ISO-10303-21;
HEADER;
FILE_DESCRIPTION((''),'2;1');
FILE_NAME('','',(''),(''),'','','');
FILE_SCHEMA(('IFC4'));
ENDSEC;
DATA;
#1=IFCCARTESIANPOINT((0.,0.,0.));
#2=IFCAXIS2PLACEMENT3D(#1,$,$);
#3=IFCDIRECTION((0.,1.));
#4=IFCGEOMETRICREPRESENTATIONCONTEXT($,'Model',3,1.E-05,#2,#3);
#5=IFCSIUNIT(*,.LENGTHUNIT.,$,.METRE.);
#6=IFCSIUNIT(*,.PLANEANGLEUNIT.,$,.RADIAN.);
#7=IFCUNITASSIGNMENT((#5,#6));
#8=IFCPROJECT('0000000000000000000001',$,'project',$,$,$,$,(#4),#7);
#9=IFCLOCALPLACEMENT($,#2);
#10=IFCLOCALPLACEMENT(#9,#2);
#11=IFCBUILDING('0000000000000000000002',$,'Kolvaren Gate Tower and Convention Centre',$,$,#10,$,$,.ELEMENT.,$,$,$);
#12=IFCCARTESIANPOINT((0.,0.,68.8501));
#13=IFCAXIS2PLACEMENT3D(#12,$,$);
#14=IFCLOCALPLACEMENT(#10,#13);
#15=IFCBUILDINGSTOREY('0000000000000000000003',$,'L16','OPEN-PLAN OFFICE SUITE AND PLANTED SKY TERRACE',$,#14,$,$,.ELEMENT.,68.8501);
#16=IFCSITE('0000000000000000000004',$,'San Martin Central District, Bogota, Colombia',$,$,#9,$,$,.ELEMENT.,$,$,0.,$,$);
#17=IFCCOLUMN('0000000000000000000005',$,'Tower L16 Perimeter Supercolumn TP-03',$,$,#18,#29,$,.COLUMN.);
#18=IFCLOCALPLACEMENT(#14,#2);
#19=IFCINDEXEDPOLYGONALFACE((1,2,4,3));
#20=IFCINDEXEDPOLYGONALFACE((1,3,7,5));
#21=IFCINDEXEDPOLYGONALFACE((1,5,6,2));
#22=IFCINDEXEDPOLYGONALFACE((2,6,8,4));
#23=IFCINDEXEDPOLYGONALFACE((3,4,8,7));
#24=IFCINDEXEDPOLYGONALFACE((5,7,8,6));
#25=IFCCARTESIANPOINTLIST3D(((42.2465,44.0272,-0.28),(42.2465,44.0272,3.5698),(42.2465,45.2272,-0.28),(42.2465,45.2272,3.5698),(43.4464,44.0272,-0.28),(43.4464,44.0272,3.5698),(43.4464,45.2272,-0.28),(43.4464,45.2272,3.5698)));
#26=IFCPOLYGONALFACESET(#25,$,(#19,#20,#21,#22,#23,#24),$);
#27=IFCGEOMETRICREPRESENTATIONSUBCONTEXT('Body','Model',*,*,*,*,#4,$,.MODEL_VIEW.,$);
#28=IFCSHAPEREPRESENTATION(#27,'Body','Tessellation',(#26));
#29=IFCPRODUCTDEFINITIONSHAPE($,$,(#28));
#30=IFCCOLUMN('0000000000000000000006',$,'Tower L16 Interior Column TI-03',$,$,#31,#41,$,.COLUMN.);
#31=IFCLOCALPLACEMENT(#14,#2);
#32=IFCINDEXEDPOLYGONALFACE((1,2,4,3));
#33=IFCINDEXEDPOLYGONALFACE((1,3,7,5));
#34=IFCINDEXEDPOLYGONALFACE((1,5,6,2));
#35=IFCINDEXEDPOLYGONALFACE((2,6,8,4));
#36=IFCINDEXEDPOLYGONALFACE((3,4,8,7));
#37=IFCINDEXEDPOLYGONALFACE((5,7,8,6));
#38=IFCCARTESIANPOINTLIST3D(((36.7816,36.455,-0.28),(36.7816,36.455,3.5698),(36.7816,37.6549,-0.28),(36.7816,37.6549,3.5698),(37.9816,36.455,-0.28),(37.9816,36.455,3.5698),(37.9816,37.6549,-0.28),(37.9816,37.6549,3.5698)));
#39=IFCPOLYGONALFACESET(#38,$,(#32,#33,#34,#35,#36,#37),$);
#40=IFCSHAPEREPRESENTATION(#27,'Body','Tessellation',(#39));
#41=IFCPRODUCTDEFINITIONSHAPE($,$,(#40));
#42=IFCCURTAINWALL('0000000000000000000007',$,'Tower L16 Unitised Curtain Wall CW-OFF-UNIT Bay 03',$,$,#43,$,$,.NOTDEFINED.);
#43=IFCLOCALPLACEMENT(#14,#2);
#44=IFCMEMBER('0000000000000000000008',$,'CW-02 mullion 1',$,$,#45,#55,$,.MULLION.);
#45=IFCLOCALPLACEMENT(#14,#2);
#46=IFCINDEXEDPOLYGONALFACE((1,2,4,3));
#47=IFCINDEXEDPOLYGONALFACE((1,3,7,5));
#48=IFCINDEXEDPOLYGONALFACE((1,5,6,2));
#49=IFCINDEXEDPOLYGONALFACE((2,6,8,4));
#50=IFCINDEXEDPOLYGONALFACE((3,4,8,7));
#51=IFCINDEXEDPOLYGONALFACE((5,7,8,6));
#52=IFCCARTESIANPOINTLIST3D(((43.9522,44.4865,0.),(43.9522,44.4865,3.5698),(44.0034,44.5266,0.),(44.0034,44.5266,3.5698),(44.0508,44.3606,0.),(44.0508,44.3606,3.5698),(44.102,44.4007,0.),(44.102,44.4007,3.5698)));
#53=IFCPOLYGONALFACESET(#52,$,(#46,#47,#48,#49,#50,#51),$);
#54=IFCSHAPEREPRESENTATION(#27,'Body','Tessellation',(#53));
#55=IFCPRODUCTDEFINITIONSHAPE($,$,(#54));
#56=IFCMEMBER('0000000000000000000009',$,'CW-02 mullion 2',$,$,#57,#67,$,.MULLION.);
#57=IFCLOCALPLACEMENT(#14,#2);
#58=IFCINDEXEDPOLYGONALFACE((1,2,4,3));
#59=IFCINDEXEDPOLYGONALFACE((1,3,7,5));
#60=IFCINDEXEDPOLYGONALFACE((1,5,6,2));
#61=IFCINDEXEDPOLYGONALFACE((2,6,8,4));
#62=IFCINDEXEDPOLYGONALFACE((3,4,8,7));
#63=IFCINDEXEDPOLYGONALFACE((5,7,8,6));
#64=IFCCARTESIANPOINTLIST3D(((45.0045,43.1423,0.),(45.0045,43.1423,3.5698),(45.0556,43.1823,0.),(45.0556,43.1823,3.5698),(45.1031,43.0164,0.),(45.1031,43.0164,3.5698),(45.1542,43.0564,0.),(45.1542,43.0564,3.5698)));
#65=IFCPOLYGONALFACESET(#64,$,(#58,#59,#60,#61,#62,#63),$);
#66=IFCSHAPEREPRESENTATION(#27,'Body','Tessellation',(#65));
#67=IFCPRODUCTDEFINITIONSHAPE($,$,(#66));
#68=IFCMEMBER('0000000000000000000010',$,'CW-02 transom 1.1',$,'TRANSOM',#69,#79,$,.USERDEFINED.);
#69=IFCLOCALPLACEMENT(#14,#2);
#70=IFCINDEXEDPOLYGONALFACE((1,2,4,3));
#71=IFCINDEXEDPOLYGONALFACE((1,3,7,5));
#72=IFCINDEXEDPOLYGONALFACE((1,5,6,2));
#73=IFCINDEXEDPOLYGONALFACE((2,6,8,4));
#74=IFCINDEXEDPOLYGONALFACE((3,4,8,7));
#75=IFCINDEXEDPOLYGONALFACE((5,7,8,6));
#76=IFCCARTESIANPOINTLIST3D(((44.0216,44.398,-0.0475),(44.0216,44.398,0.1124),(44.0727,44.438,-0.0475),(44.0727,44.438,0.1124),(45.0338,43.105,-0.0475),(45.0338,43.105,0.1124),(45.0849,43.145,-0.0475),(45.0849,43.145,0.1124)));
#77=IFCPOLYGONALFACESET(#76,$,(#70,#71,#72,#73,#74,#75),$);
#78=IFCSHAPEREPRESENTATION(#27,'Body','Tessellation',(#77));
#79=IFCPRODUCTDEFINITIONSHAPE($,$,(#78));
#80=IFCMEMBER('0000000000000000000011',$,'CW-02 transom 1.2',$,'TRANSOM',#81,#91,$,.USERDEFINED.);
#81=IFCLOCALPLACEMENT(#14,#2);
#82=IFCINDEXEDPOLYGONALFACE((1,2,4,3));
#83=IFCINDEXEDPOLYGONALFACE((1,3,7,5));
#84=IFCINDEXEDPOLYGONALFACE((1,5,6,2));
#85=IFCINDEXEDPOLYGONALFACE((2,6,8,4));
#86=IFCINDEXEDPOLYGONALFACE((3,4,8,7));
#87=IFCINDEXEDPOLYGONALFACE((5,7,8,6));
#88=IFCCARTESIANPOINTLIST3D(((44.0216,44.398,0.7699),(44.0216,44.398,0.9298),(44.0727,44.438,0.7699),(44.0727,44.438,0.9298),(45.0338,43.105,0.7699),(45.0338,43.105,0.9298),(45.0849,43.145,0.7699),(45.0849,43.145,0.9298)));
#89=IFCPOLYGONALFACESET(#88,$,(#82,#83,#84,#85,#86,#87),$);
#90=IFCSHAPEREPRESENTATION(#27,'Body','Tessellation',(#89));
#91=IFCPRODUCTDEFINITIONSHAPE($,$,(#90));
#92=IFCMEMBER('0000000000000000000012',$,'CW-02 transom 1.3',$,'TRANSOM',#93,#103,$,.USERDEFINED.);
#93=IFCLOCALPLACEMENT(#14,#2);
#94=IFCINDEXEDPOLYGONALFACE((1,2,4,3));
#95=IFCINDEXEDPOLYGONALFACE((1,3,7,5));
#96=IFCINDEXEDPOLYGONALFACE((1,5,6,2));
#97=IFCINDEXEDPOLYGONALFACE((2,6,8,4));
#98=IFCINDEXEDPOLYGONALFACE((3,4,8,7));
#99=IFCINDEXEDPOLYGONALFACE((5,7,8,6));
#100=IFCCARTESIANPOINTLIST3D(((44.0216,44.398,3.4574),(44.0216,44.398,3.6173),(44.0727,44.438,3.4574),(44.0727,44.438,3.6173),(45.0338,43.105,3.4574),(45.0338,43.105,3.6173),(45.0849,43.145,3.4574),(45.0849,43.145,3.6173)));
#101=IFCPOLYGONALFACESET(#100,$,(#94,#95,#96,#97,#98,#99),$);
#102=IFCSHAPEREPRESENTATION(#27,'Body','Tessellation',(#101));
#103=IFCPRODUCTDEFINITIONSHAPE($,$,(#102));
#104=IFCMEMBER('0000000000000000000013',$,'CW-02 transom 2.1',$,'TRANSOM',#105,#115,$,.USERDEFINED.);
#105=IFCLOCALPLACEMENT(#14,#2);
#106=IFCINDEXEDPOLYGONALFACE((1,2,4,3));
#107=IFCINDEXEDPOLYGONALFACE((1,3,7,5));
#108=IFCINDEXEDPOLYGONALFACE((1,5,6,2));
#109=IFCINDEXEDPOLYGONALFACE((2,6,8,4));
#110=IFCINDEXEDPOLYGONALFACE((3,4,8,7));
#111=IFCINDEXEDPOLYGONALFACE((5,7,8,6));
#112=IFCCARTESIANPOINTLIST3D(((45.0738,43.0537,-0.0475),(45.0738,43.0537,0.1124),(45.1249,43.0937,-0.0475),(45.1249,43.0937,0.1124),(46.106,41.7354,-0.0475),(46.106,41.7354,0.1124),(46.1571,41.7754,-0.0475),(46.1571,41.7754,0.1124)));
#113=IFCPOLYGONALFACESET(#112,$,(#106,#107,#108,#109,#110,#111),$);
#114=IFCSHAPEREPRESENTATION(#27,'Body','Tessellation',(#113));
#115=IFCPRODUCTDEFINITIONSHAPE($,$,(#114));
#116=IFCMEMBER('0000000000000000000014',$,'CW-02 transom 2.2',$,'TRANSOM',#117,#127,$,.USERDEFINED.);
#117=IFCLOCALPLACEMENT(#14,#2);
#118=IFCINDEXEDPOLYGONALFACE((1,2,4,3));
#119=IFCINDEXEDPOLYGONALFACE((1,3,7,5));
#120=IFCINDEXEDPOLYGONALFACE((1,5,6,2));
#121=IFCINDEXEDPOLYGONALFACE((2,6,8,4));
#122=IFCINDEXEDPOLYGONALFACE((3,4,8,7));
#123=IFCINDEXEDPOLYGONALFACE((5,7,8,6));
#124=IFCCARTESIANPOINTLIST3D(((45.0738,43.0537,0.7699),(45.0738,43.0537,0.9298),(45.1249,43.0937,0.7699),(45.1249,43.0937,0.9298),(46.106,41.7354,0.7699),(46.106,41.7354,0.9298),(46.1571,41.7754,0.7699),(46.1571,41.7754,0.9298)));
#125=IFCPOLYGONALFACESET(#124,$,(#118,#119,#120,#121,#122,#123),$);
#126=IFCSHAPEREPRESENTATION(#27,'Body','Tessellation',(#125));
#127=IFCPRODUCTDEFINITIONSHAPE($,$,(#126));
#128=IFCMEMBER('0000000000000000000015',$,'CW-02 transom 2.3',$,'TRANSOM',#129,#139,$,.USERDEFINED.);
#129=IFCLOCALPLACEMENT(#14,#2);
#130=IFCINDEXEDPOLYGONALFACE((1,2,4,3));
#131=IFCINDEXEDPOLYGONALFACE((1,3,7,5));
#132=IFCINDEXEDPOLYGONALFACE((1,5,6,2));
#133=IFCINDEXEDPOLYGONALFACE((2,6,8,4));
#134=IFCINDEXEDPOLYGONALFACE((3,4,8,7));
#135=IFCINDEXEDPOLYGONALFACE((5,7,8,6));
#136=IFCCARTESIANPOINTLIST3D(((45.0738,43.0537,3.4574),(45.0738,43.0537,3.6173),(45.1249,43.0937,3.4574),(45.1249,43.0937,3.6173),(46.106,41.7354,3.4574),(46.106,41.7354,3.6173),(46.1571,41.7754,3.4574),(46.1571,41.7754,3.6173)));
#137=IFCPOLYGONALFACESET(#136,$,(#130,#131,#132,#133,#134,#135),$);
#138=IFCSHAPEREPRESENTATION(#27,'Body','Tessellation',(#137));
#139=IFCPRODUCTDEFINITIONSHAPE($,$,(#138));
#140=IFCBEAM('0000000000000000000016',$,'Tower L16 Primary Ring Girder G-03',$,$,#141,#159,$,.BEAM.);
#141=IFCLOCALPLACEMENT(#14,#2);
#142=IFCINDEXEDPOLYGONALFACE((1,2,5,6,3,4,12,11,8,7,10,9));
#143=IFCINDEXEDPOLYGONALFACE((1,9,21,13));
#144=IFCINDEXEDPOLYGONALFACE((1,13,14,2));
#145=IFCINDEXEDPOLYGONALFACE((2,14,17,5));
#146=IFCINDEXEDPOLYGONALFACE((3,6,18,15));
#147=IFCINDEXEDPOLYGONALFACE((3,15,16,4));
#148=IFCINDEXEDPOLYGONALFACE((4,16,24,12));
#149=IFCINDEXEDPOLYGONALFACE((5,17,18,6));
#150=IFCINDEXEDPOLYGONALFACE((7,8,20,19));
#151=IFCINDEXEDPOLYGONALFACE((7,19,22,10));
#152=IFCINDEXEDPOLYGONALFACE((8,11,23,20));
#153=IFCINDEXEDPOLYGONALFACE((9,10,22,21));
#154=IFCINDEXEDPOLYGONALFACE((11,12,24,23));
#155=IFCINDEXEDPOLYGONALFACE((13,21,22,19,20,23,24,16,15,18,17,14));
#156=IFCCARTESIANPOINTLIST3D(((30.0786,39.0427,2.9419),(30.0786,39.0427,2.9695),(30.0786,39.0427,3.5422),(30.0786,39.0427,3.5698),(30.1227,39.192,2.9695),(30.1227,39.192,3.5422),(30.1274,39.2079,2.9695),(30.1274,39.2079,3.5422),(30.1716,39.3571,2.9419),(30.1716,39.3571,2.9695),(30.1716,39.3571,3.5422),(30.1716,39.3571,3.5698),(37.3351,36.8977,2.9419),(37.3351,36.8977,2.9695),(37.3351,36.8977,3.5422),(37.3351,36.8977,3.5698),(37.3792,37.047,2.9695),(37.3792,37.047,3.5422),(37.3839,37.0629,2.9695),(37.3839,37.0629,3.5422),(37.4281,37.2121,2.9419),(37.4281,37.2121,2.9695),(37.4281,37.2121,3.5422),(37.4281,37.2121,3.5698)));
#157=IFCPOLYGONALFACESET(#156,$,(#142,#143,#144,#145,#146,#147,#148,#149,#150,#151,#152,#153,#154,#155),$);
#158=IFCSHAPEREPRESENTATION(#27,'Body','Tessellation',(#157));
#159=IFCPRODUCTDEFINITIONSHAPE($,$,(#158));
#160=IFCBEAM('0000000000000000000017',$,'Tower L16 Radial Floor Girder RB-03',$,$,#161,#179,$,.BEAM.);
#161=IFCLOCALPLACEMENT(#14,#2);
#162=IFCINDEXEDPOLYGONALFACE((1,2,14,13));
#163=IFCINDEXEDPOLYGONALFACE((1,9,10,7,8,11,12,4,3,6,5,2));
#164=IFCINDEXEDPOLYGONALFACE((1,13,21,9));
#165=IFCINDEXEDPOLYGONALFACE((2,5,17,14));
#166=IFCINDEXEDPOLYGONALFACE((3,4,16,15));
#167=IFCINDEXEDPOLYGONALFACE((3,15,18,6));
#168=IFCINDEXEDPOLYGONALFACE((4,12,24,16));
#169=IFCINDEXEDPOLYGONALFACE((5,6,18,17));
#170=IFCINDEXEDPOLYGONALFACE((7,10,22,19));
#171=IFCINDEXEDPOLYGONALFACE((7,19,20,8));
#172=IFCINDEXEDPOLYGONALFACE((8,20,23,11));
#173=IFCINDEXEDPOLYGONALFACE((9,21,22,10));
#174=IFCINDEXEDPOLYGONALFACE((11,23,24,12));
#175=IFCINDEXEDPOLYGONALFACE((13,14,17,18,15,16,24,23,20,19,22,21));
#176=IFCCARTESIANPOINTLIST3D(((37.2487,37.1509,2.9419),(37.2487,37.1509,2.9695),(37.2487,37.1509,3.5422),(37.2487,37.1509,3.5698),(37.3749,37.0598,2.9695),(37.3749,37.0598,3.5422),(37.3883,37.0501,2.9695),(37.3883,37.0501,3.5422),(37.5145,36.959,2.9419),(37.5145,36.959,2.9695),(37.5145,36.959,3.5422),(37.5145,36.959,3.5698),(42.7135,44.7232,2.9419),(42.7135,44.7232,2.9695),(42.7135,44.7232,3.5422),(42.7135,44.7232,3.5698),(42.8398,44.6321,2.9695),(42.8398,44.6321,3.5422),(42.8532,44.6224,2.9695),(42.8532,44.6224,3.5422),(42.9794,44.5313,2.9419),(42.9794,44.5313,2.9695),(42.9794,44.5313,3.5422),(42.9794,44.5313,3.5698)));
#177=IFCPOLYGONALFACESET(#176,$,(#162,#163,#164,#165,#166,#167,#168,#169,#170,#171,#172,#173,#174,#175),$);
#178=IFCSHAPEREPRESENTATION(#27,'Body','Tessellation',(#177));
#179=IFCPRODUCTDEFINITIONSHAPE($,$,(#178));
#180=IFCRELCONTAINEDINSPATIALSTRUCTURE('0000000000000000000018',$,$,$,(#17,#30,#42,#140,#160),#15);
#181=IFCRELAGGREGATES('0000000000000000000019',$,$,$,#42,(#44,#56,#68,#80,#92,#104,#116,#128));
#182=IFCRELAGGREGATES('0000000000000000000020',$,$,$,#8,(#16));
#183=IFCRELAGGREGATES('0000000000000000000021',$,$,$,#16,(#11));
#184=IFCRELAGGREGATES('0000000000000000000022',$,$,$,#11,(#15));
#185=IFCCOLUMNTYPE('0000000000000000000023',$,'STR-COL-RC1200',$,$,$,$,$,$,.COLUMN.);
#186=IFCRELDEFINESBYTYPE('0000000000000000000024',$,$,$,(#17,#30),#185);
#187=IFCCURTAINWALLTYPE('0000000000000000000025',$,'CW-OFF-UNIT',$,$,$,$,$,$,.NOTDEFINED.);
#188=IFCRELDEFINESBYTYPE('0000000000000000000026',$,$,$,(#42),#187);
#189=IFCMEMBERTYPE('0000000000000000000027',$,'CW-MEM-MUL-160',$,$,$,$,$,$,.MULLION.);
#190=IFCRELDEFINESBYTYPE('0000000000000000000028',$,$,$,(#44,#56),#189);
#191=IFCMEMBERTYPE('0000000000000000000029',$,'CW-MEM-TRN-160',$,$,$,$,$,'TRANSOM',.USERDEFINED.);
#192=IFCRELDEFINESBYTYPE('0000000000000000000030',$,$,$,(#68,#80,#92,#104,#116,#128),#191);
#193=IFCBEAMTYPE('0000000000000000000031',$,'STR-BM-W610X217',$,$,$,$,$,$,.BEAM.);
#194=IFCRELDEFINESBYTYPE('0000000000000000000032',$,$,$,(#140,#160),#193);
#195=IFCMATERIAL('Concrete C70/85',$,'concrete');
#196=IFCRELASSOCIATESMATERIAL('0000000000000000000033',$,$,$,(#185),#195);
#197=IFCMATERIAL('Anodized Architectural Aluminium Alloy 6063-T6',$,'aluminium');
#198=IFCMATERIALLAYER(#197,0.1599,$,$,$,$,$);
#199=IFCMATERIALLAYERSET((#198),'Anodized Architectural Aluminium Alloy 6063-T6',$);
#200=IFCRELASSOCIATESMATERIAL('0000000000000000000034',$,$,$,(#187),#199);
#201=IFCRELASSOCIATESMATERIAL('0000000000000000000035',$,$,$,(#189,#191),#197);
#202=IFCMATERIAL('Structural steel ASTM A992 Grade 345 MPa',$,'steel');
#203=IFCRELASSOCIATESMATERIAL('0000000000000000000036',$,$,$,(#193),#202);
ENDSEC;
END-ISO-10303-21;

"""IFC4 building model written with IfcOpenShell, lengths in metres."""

from ifc_helpers import new_model, si_unit, direction, frame, origin, origin_2d, place, context, subcontext, project, spatial, rectangle, i_section, extrude, material, layer, layer_set, material_profile, profile_set, type_object, element, aggregate, save


model = new_model("IFC4")

# Units and contexts
model_context = context("Model", 3, precision=1e-05, world=origin(), true_north=direction((0.0, 1.0)))
body_context = subcontext(model_context, "Body", "Model", "MODEL_VIEW")
ifc_project = project(units=[si_unit("LENGTHUNIT", "METRE"), si_unit("PLANEANGLEUNIT", "RADIAN")], contexts=[model_context])

# Site, building, storey
site_placement = place(None, origin())
site = spatial("IfcSite", under=ifc_project, at=site_placement, Name="San Martin Central District, Bogota, Colombia", CompositionType="ELEMENT", RefElevation=0.0)
building_placement = place(site_placement, origin())
building = spatial("IfcBuilding", under=site, at=building_placement, Name="Kolvaren Gate Tower and Convention Centre", CompositionType="ELEMENT")
storey_placement = place(building_placement, frame((0.0, 0.0, 68.8501)))
storey = spatial("IfcBuildingStorey", under=building, at=storey_placement, Name="L16", Description="OPEN-PLAN OFFICE SUITE AND PLANTED SKY TERRACE", CompositionType="ELEMENT", Elevation=68.8501)

# Columns
ifc_material_1 = material(Name="Concrete C70/85", Category="concrete")
ifc_material_profile_1 = material_profile(ifc_material_1, rectangle(XDim=1.2, YDim=1.2, at=origin_2d()), Name="RC-COL-1200X1200")
ifc_profile_set_1 = profile_set([ifc_material_profile_1], Name="Concrete C70/85")
column_type = type_object("IfcColumnType", Name="STR-COL-RC1200", PredefinedType="COLUMN", material=ifc_profile_set_1)
for number, where, z_axis, x_axis, name in (
    (1, (42.8464, 44.6272, -0.28), (0.0, 0.0, 1.0), (1.0, 0.0, 0.0), "Tower L16 Perimeter Supercolumn TP-03"),
    (2, (37.3816, 37.0549, -0.28), (0.0, 0.0, 1.0), (1.0, 0.0, 0.0), "Tower L16 Interior Column TI-03"),
):
    element("IfcColumn", number, at=place(storey_placement, frame(where, z_axis=z_axis, x_axis=x_axis)), inside=storey, type_object=column_type, Name=name, PredefinedType="COLUMN", context=body_context, shape_type="SweptSolid", body=[
        extrude(rectangle(XDim=1.2, YDim=1.2, at=origin_2d()), origin(), (0.0, 0.0, 1.0), 3.8499),
    ])

# Curtain wall, members
ifc_material_2 = material(Name="Anodized Architectural Aluminium Alloy 6063-T6", Category="aluminium")
ifc_layer_1 = layer(ifc_material_2, 0.1599)
ifc_layer_set_1 = layer_set([ifc_layer_1], Name="Anodized Architectural Aluminium Alloy 6063-T6")
curtain_wall_type = type_object("IfcCurtainWallType", Name="CW-OFF-UNIT", PredefinedType="NOTDEFINED", material=ifc_layer_set_1)
curtain_wall_placement = place(storey_placement, origin())
curtain_wall = element("IfcCurtainWall", 3, at=curtain_wall_placement, inside=storey, type_object=curtain_wall_type, Name="Tower L16 Unitised Curtain Wall CW-OFF-UNIT Bay 03", PredefinedType="NOTDEFINED")
ifc_material_profile_2 = material_profile(ifc_material_2, rectangle(XDim=0.0649, YDim=0.1599, at=origin_2d()), Name="CW-MEM-MUL-160")
ifc_profile_set_2 = profile_set([ifc_material_profile_2], Name="Anodized Architectural Aluminium Alloy 6063-T6")
member_type_1 = type_object("IfcMemberType", Name="CW-MEM-MUL-160", PredefinedType="MULLION", material=ifc_profile_set_2)
member_1_placement = place(storey_placement, frame((44.0271, 44.4436, 0.0), z_axis=(0.0, 0.0, 1.0), x_axis=(0.787406, 0.616434, 0.0)))
member_1 = element("IfcMember", 4, at=member_1_placement, type_object=member_type_1, Name="CW-02 mullion 1", PredefinedType="MULLION", context=body_context, shape_type="SweptSolid", body=[
    extrude(rectangle(XDim=0.0649, YDim=0.1599, at=origin_2d()), origin(), (0.0, 0.0, 1.0), 3.5698),
])
member_2_placement = place(storey_placement, frame((45.0793, 43.0994, 0.0), z_axis=(0.0, 0.0, 1.0), x_axis=(0.787406, 0.616434, 0.0)))
member_2 = element("IfcMember", 5, at=member_2_placement, type_object=member_type_1, Name="CW-02 mullion 2", PredefinedType="MULLION", context=body_context, shape_type="SweptSolid", body=[
    extrude(rectangle(XDim=0.0649, YDim=0.1599, at=origin_2d()), origin(), (0.0, 0.0, 1.0), 3.5698),
])
ifc_material_profile_3 = material_profile(ifc_material_2, rectangle(XDim=0.0649, YDim=0.1599, at=origin_2d()), Name="CW-MEM-TRN-160")
ifc_profile_set_3 = profile_set([ifc_material_profile_3], Name="Anodized Architectural Aluminium Alloy 6063-T6")
member_type_2 = type_object("IfcMemberType", Name="CW-MEM-TRN-160", ElementType="TRANSOM", PredefinedType="USERDEFINED", material=ifc_profile_set_3)
member_3_placement = place(storey_placement, frame((44.0471, 44.418, 0.0325), z_axis=(0.616429, -0.787411, 0.0), x_axis=(0.787411, 0.616429, 0.0)))
member_3 = element("IfcMember", 6, at=member_3_placement, type_object=member_type_2, Name="CW-02 transom 1.1", ObjectType="TRANSOM", PredefinedType="USERDEFINED", context=body_context, shape_type="SweptSolid", body=[
    extrude(rectangle(XDim=0.0649, YDim=0.1599, at=origin_2d()), origin(), (0.0, 0.0, 1.0), 1.6421),
])
member_4_placement = place(storey_placement, frame((44.0471, 44.418, 0.8499), z_axis=(0.616429, -0.787411, 0.0), x_axis=(0.787411, 0.616429, 0.0)))
member_4 = element("IfcMember", 7, at=member_4_placement, type_object=member_type_2, Name="CW-02 transom 1.2", ObjectType="TRANSOM", PredefinedType="USERDEFINED", context=body_context, shape_type="SweptSolid", body=[
    extrude(rectangle(XDim=0.0649, YDim=0.1599, at=origin_2d()), origin(), (0.0, 0.0, 1.0), 1.6421),
])
member_5_placement = place(storey_placement, frame((44.0471, 44.418, 3.5374), z_axis=(0.616429, -0.787411, 0.0), x_axis=(0.787411, 0.616429, 0.0)))
member_5 = element("IfcMember", 8, at=member_5_placement, type_object=member_type_2, Name="CW-02 transom 1.3", ObjectType="TRANSOM", PredefinedType="USERDEFINED", context=body_context, shape_type="SweptSolid", body=[
    extrude(rectangle(XDim=0.0649, YDim=0.1599, at=origin_2d()), origin(), (0.0, 0.0, 1.0), 1.6421),
])
member_6_placement = place(storey_placement, frame((45.0994, 43.0737, 0.0325), z_axis=(0.616481, -0.78737, 0.0), x_axis=(0.78737, 0.616481, 0.0)))
member_6 = element("IfcMember", 9, at=member_6_placement, type_object=member_type_2, Name="CW-02 transom 2.1", ObjectType="TRANSOM", PredefinedType="USERDEFINED", context=body_context, shape_type="SweptSolid", body=[
    extrude(rectangle(XDim=0.0649, YDim=0.1599, at=origin_2d()), origin(), (0.0, 0.0, 1.0), 1.6743),
])
member_7_placement = place(storey_placement, frame((45.0994, 43.0737, 0.8499), z_axis=(0.616481, -0.78737, 0.0), x_axis=(0.78737, 0.616481, 0.0)))
member_7 = element("IfcMember", 10, at=member_7_placement, type_object=member_type_2, Name="CW-02 transom 2.2", ObjectType="TRANSOM", PredefinedType="USERDEFINED", context=body_context, shape_type="SweptSolid", body=[
    extrude(rectangle(XDim=0.0649, YDim=0.1599, at=origin_2d()), origin(), (0.0, 0.0, 1.0), 1.6743),
])
member_8_placement = place(storey_placement, frame((45.0994, 43.0737, 3.5374), z_axis=(0.616481, -0.78737, 0.0), x_axis=(0.78737, 0.616481, 0.0)))
member_8 = element("IfcMember", 11, at=member_8_placement, type_object=member_type_2, Name="CW-02 transom 2.3", ObjectType="TRANSOM", PredefinedType="USERDEFINED", context=body_context, shape_type="SweptSolid", body=[
    extrude(rectangle(XDim=0.0649, YDim=0.1599, at=origin_2d()), origin(), (0.0, 0.0, 1.0), 1.6743),
])

# Beams
ifc_material_3 = material(Name="Structural steel ASTM A992 Grade 345 MPa", Category="steel")
ifc_material_profile_4 = material_profile(ifc_material_3, i_section(OverallWidth=0.3279, OverallDepth=0.6279, WebThickness=0.0166, FlangeThickness=0.0276, at=origin_2d()), Name="W610X217")
ifc_profile_set_4 = profile_set([ifc_material_profile_4], Name="Structural steel ASTM A992 Grade 345 MPa")
beam_type_1 = type_object("IfcBeamType", Name="STR-BM-W610X217", PredefinedType="BEAM", material=ifc_profile_set_4)
beam_1_placement = place(storey_placement, frame((37.3816, 37.0549, 3.2559), z_axis=(-0.958981, 0.283471, 0.0), x_axis=(-0.283471, -0.958981, 0.0)))
element("IfcBeam", 12, at=beam_1_placement, inside=storey, type_object=beam_type_1, Name="Tower L16 Primary Ring Girder G-03", PredefinedType="BEAM", context=body_context, shape_type="SweptSolid", body=[
    extrude(i_section(OverallWidth=0.3279, OverallDepth=0.6279, WebThickness=0.0166, FlangeThickness=0.0276, at=origin_2d()), origin(), (0.0, 0.0, 1.0), 7.5669),
])
beam_2_placement = place(storey_placement, frame((37.3816, 37.0549, 3.2559), z_axis=(0.585208, 0.810883, 0.0), x_axis=(-0.810883, 0.585208, 0.0)))
element("IfcBeam", 13, at=beam_2_placement, inside=storey, type_object=beam_type_1, Name="Tower L16 Radial Floor Girder RB-03", PredefinedType="BEAM", context=body_context, shape_type="SweptSolid", body=[
    extrude(i_section(OverallWidth=0.3279, OverallDepth=0.6279, WebThickness=0.0166, FlangeThickness=0.0276, at=origin_2d()), origin(), (0.0, 0.0, 1.0), 9.3384),
])

aggregate(curtain_wall, [member_1, member_2, member_3, member_4, member_5, member_6, member_7, member_8])

save(model, "model.ifc")
